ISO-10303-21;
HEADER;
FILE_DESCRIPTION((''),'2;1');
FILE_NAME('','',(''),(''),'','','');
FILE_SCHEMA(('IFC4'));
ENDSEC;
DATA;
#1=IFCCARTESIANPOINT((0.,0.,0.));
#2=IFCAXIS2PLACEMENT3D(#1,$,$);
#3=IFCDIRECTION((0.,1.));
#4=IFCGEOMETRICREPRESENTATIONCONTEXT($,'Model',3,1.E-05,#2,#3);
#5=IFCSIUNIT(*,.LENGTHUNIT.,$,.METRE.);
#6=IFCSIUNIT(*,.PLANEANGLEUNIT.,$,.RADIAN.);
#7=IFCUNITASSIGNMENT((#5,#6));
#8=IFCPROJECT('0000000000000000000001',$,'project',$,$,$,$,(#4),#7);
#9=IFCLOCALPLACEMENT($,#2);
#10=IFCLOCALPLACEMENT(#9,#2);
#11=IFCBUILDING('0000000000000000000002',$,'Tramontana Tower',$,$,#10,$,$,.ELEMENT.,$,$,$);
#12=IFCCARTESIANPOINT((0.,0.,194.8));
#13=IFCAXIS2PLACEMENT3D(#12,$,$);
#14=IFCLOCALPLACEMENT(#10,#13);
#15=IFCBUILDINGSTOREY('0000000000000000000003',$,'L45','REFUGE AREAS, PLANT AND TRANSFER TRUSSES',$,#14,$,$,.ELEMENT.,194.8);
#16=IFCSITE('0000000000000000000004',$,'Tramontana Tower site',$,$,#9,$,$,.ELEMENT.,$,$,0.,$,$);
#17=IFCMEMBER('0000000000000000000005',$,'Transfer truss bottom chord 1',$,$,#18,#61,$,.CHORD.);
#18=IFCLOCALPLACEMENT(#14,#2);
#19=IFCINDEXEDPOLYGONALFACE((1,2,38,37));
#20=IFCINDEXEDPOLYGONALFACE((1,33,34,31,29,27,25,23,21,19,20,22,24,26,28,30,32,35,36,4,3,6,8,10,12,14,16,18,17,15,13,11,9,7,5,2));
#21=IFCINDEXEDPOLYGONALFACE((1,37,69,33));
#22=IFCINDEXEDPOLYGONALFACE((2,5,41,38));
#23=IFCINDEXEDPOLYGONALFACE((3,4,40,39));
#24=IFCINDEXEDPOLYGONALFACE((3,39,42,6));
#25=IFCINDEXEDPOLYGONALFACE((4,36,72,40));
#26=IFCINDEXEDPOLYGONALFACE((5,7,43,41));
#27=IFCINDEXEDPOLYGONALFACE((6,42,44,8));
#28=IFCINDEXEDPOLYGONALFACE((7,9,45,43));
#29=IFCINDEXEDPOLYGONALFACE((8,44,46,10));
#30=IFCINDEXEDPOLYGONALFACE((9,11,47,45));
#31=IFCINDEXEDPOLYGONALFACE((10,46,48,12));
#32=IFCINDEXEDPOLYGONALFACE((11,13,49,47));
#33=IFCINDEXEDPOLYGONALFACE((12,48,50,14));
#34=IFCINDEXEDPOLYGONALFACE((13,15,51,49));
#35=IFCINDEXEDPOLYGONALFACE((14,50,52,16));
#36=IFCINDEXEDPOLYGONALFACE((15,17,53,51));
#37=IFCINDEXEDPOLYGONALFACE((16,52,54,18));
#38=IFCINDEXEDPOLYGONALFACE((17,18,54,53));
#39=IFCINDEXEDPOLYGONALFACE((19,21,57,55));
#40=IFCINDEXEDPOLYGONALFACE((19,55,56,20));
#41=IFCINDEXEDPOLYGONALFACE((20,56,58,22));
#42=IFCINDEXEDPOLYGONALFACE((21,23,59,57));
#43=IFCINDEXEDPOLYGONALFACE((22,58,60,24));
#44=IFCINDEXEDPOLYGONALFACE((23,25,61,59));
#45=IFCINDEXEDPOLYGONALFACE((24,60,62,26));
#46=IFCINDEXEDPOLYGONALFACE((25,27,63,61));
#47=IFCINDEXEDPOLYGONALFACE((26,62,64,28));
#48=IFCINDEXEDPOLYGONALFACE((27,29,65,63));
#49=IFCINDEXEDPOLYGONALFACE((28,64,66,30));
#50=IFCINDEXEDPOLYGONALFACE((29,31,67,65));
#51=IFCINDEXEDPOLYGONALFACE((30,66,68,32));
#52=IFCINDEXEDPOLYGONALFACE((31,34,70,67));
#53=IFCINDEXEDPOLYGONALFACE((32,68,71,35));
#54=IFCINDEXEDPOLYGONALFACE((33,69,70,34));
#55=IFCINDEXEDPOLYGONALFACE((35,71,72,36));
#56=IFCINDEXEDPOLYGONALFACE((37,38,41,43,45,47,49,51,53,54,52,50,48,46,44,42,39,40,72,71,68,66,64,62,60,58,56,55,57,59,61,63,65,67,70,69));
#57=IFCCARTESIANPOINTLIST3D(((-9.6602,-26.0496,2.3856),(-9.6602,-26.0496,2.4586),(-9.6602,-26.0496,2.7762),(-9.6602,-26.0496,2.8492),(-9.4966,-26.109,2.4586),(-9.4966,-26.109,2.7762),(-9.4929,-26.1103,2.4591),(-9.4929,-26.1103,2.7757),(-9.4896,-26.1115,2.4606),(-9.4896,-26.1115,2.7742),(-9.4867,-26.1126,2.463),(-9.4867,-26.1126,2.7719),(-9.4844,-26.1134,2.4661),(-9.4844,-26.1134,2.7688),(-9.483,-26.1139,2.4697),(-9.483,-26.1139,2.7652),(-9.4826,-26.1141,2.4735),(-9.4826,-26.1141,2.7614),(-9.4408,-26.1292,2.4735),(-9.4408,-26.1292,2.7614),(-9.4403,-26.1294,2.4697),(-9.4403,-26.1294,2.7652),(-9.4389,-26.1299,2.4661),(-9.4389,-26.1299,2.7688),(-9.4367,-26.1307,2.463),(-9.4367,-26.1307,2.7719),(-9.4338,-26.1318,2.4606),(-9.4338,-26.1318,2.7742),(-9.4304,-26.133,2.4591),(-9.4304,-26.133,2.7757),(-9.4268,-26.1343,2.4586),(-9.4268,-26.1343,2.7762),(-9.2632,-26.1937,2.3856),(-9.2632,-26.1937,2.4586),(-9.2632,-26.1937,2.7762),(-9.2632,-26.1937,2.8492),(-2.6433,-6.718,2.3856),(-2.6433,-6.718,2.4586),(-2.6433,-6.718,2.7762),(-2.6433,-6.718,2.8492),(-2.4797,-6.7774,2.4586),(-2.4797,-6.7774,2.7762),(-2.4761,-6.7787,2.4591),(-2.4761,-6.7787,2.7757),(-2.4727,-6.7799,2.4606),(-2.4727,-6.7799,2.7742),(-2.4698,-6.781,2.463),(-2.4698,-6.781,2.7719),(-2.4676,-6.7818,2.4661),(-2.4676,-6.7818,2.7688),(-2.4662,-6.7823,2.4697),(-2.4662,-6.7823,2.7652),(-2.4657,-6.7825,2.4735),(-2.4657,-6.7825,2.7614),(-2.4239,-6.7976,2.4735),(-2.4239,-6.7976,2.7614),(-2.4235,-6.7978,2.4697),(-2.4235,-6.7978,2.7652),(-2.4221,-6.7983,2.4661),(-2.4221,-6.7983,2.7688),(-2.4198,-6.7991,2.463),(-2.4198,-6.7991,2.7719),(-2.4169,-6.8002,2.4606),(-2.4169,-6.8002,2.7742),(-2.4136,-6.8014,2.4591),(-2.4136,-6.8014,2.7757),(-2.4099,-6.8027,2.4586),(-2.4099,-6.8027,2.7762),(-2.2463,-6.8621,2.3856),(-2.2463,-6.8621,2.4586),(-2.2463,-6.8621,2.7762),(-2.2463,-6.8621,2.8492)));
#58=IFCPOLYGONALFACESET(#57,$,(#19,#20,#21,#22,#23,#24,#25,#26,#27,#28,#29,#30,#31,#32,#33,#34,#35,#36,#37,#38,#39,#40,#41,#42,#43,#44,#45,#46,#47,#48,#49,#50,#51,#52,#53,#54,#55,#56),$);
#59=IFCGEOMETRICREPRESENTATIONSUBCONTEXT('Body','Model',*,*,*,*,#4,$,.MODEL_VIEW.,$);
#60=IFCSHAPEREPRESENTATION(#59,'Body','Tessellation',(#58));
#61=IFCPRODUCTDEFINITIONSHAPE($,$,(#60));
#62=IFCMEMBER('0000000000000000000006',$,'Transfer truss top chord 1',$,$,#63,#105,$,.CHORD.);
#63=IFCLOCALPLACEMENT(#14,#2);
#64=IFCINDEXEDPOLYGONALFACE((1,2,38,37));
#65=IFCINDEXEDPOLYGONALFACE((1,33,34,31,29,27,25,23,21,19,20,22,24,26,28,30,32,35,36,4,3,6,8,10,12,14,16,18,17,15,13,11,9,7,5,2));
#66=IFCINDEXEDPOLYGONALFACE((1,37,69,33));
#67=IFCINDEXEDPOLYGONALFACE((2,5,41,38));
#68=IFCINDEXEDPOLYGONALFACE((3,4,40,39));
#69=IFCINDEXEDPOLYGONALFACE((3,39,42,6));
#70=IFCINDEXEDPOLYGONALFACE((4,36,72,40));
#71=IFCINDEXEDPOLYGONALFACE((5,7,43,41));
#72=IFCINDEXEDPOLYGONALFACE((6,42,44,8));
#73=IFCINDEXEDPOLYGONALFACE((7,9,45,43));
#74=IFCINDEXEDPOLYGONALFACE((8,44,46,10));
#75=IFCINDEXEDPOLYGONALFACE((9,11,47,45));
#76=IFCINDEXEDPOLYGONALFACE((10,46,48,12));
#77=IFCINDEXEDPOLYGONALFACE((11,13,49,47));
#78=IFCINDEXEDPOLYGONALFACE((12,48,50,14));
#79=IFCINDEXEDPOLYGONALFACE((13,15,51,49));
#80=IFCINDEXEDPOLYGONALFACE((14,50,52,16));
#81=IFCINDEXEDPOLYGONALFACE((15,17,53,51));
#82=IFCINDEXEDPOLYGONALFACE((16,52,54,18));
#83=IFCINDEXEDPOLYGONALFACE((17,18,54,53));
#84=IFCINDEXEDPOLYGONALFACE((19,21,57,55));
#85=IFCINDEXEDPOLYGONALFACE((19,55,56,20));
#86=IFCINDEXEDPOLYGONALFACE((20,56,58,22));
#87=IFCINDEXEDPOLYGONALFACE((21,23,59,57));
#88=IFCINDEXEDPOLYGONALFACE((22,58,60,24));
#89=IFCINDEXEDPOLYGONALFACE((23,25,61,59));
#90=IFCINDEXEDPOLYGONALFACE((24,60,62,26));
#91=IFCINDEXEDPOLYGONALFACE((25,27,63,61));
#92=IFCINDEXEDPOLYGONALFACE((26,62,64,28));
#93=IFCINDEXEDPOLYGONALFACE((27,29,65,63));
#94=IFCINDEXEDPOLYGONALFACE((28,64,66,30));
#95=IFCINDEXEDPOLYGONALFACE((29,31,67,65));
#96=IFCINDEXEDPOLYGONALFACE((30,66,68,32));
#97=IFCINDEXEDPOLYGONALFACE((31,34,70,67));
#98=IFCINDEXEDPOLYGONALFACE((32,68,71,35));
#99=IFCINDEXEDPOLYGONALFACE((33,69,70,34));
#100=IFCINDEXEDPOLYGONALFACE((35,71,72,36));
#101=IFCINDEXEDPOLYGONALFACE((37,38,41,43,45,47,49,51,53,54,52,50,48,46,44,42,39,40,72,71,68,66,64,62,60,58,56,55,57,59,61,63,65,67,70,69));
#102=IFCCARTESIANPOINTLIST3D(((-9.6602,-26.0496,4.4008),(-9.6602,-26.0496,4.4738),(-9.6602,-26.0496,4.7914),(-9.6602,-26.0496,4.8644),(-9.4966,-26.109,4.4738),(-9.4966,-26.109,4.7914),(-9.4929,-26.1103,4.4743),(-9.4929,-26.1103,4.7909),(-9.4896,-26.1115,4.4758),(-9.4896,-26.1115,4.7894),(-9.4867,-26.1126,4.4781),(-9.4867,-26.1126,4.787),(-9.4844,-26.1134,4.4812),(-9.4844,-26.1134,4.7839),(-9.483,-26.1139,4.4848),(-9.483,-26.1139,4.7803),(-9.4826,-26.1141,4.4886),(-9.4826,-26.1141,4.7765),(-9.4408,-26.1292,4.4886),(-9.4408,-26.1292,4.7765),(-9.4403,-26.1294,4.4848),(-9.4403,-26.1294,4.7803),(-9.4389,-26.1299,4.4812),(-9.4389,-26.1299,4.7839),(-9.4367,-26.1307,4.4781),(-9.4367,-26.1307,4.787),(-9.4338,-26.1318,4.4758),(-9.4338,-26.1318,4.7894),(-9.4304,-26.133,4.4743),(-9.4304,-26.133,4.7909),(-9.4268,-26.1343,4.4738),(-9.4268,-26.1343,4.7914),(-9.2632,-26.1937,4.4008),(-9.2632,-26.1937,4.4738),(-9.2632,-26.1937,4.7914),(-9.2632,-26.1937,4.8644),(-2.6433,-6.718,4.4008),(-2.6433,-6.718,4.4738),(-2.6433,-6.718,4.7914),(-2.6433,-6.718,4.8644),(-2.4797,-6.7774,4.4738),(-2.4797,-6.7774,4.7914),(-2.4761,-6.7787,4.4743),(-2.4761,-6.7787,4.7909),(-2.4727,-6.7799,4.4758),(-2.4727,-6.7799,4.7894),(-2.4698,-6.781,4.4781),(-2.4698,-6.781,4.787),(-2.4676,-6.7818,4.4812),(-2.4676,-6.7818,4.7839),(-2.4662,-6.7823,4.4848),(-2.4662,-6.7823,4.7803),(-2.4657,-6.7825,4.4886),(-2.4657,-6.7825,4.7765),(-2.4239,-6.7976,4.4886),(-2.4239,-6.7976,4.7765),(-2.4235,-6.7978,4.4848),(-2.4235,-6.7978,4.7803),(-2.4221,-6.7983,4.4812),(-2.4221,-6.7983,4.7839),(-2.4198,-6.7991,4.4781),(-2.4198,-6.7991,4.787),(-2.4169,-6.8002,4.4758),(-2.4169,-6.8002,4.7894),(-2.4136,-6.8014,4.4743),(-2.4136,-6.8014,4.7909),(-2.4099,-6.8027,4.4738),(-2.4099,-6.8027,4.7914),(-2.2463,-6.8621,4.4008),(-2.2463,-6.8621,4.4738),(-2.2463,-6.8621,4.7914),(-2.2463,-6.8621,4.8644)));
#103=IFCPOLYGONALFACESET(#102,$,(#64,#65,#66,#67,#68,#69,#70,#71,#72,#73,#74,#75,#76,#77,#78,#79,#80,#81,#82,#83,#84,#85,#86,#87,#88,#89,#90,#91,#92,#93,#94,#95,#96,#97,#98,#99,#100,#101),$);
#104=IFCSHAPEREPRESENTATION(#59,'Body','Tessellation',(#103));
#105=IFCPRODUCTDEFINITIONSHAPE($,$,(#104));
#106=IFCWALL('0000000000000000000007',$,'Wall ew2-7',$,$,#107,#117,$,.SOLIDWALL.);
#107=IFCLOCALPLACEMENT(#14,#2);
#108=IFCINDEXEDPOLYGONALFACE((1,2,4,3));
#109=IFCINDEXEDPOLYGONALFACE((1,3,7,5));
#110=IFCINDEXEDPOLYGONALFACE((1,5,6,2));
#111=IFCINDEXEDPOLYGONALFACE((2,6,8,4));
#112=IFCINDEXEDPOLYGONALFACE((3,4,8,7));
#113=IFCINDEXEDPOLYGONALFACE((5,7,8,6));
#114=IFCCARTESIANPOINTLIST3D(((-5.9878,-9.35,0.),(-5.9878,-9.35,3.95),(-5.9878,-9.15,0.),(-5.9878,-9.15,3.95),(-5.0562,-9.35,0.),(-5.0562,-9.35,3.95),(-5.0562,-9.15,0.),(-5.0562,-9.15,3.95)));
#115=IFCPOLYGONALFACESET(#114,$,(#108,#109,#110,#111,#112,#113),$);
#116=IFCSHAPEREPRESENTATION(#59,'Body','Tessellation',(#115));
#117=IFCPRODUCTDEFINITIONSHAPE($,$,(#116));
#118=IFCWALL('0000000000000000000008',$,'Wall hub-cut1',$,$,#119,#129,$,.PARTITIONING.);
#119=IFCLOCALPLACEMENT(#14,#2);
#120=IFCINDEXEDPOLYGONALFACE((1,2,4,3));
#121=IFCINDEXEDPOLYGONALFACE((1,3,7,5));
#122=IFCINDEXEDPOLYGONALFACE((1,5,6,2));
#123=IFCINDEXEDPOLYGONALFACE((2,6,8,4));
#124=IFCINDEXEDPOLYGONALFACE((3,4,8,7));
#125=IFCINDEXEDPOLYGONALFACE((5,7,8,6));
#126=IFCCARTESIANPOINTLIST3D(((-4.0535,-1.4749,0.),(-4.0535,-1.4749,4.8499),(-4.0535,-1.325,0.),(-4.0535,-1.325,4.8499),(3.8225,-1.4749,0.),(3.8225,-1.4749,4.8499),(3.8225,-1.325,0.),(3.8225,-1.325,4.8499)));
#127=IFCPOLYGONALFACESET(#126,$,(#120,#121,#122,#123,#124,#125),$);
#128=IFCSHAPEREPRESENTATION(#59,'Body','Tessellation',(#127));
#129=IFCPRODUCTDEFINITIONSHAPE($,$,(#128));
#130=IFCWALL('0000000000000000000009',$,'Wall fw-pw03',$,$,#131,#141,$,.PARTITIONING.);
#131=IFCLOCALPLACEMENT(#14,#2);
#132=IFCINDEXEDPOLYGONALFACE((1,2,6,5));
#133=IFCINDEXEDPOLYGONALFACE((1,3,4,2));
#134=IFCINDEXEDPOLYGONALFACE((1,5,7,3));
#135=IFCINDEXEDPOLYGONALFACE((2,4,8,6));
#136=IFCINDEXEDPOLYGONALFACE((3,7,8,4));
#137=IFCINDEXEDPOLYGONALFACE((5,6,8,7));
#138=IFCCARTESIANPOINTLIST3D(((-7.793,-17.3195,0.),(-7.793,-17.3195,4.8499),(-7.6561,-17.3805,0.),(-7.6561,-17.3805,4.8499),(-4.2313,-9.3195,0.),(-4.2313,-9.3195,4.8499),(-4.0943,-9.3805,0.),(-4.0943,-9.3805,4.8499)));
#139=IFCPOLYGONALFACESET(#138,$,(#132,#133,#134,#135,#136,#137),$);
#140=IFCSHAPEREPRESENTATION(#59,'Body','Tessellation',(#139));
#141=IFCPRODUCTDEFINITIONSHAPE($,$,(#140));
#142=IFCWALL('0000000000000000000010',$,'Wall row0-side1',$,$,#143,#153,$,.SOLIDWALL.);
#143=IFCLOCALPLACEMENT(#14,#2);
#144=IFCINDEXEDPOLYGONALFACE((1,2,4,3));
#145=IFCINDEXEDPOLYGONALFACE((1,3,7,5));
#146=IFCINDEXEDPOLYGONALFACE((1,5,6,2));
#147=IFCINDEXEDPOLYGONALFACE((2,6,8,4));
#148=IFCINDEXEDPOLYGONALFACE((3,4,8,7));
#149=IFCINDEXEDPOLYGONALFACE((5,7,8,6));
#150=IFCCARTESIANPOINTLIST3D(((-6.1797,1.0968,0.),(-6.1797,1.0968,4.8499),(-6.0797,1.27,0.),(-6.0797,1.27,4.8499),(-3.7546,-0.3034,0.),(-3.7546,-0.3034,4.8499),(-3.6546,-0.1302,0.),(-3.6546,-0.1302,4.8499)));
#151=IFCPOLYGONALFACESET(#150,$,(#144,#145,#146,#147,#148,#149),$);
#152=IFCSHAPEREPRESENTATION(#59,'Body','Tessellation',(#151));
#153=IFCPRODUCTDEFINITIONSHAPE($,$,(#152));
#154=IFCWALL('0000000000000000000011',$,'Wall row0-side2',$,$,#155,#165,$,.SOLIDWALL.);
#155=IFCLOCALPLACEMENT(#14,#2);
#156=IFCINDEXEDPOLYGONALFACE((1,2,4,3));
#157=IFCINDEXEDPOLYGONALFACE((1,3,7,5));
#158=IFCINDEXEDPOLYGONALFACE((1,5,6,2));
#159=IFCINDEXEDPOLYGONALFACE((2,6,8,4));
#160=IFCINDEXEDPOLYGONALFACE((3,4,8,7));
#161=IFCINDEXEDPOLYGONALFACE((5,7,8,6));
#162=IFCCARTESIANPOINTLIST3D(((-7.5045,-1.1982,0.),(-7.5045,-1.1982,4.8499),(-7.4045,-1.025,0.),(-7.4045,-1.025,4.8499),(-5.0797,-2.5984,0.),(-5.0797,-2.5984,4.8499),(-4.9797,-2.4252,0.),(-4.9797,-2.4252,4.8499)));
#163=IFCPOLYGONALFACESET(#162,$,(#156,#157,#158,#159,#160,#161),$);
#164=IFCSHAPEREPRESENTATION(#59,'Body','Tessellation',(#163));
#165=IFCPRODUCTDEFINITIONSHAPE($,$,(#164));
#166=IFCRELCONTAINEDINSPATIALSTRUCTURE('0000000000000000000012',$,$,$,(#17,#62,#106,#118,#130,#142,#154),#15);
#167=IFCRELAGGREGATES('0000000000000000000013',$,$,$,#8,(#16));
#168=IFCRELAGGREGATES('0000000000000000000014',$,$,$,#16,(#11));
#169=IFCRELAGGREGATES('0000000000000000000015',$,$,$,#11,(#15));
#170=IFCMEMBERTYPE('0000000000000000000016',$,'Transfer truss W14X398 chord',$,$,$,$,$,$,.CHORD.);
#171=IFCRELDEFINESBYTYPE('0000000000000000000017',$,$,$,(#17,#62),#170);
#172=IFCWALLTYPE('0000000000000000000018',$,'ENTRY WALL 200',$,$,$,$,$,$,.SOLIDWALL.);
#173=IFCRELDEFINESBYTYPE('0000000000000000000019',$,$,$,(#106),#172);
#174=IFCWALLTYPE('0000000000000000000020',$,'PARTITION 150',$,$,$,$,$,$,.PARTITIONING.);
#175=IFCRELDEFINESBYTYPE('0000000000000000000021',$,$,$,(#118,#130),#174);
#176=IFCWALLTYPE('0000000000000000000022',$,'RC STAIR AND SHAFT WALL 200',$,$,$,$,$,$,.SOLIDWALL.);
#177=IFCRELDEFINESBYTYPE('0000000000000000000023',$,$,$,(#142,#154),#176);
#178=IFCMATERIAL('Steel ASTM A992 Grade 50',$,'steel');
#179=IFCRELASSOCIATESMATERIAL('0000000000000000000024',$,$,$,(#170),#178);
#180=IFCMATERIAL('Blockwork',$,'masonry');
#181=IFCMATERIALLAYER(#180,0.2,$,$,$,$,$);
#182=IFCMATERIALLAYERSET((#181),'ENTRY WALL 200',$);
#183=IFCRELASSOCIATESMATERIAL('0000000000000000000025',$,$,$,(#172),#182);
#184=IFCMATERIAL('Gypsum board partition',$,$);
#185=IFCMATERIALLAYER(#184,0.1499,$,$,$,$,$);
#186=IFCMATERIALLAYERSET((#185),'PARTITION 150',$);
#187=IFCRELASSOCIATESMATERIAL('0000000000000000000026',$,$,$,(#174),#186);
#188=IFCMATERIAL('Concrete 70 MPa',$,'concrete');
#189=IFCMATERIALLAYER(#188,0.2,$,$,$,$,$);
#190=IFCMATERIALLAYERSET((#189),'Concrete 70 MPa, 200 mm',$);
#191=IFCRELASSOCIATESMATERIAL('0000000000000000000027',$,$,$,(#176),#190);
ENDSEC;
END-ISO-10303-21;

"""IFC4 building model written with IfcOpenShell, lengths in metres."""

from ifc_helpers import new_model, si_unit, direction, frame, frame_2d, origin, origin_2d, place, context, subcontext, project, spatial, rectangle, i_section, extrude, material, layer, layer_set, material_profile, profile_set, type_object, element, save


model = new_model("IFC4")

# Units and contexts
model_context = context("Model", 3, precision=1e-05, world=origin(), true_north=direction((0.0, 1.0)))
body_context = subcontext(model_context, "Body", "Model", "MODEL_VIEW")
ifc_project = project(units=[si_unit("LENGTHUNIT", "METRE"), si_unit("PLANEANGLEUNIT", "RADIAN")], contexts=[model_context])

# Site, building, storey
site_placement = place(None, origin())
site = spatial("IfcSite", under=ifc_project, at=site_placement, Name="Tramontana Tower site", CompositionType="ELEMENT", RefElevation=0.0)
building_placement = place(site_placement, origin())
building = spatial("IfcBuilding", under=site, at=building_placement, Name="Tramontana Tower", CompositionType="ELEMENT")
storey_placement = place(building_placement, frame((0.0, 0.0, 194.8)))
storey = spatial("IfcBuildingStorey", under=building, at=storey_placement, Name="L45", Description="REFUGE AREAS, PLANT AND TRANSFER TRUSSES", CompositionType="ELEMENT", Elevation=194.8)

# Members
ifc_material_1 = material(Name="Steel ASTM A992 Grade 50", Category="steel")
ifc_material_profile_1 = material_profile(ifc_material_1, i_section(OverallWidth=0.4224, OverallDepth=0.4636, WebThickness=0.0444, FlangeThickness=0.073, FilletRadius=0.0149, at=origin_2d()), Name="W14X398")
ifc_profile_set_1 = profile_set([ifc_material_profile_1], Name="Steel ASTM A992 Grade 50")
member_type_1 = type_object("IfcMemberType", Name="Transfer truss W14X398 chord", PredefinedType="CHORD", material=ifc_profile_set_1)
for number, where, z_axis, x_axis, name in (
    (1, (-2.4448, -6.79, 2.6174), (-0.341193, -0.939993, 0.0), (0.939993, -0.341193, 0.0), "Transfer truss bottom chord 1"),
    (2, (-2.4448, -6.79, 4.6326), (-0.341193, -0.939993, 0.0), (0.939993, -0.341193, 0.0), "Transfer truss top chord 1"),
):
    element("IfcMember", number, at=place(storey_placement, frame(where, z_axis=z_axis, x_axis=x_axis)), inside=storey, type_object=member_type_1, Name=name, PredefinedType="CHORD", context=body_context, shape_type="SweptSolid", body=[
        extrude(i_section(OverallWidth=0.4224, OverallDepth=0.4636, WebThickness=0.0444, FlangeThickness=0.073, FilletRadius=0.0149, at=origin_2d()), origin(), (0.0, 0.0, 1.0), 20.5657),
    ])

# Walls
ifc_material_2 = material(Name="Blockwork", Category="masonry")
ifc_layer_1 = layer(ifc_material_2, 0.2)
ifc_layer_set_1 = layer_set([ifc_layer_1], Name="ENTRY WALL 200")
wall_type_1 = type_object("IfcWallType", Name="ENTRY WALL 200", PredefinedType="SOLIDWALL", material=ifc_layer_set_1)
wall_1_placement = place(storey_placement, frame((-5.0562, -9.25, 0.0), z_axis=(0.0, 0.0, 1.0), x_axis=(-1.0, 0.0, 0.0)))
element("IfcWall", 3, at=wall_1_placement, inside=storey, type_object=wall_type_1, Name="Wall ew2-7", PredefinedType="SOLIDWALL", context=body_context, shape_type="SweptSolid", body=[
    extrude(rectangle(XDim=0.9316, YDim=0.2, at=frame_2d((0.4658, 0.0))), origin(), (0.0, 0.0, 1.0), 3.95),
])
ifc_material_3 = material(Name="Gypsum board partition")
ifc_layer_2 = layer(ifc_material_3, 0.1499)
ifc_layer_set_2 = layer_set([ifc_layer_2], Name="PARTITION 150")
wall_type_2 = type_object("IfcWallType", Name="PARTITION 150", PredefinedType="PARTITIONING", material=ifc_layer_set_2)
wall_2_placement = place(storey_placement, frame((-4.0535, -1.3999, 0.0), z_axis=(0.0, 0.0, 1.0), x_axis=(1.0, 0.0, 0.0)))
element("IfcWall", 4, at=wall_2_placement, inside=storey, type_object=wall_type_2, Name="Wall hub-cut1", PredefinedType="PARTITIONING", context=body_context, shape_type="SweptSolid", body=[
    extrude(rectangle(XDim=7.876, YDim=0.1499, at=frame_2d((3.938, 0.0))), origin(), (0.0, 0.0, 1.0), 4.8499),
])
wall_3_placement = place(storey_placement, frame((-4.1628, -9.3501, 0.0), z_axis=(0.0, 0.0, 1.0), x_axis=(-0.406731, -0.913548, 0.0)))
element("IfcWall", 5, at=wall_3_placement, inside=storey, type_object=wall_type_2, Name="Wall fw-pw03", PredefinedType="PARTITIONING", context=body_context, shape_type="SweptSolid", body=[
    extrude(rectangle(XDim=8.7571, YDim=0.1499, at=frame_2d((4.3784, 0.0))), origin(), (0.0, 0.0, 1.0), 4.8499),
])
ifc_material_4 = material(Name="Concrete 70 MPa", Category="concrete")
ifc_layer_3 = layer(ifc_material_4, 0.2)
ifc_layer_set_3 = layer_set([ifc_layer_3], Name="Concrete 70 MPa, 200 mm")
wall_type_3 = type_object("IfcWallType", Name="RC STAIR AND SHAFT WALL 200", PredefinedType="SOLIDWALL", material=ifc_layer_set_3)
wall_4_placement = place(storey_placement, frame((-3.7046, -0.2168, 0.0), z_axis=(0.0, 0.0, 1.0), x_axis=(-0.866019, 0.500012, 0.0)))
element("IfcWall", 6, at=wall_4_placement, inside=storey, type_object=wall_type_3, Name="Wall row0-side1", PredefinedType="SOLIDWALL", context=body_context, shape_type="SweptSolid", body=[
    extrude(rectangle(XDim=2.8003, YDim=0.2, at=frame_2d((1.4001, 0.0))), origin(), (0.0, 0.0, 1.0), 4.8499),
])
wall_5_placement = place(storey_placement, frame((-5.0298, -2.5117, 0.0), z_axis=(0.0, 0.0, 1.0), x_axis=(-0.865997, 0.50005, 0.0)))
element("IfcWall", 7, at=wall_5_placement, inside=storey, type_object=wall_type_3, Name="Wall row0-side2", PredefinedType="SOLIDWALL", context=body_context, shape_type="SweptSolid", body=[
    extrude(rectangle(XDim=2.8, YDim=0.2, at=frame_2d((1.3999, 0.0))), origin(), (0.0, 0.0, 1.0), 4.8499),
])

save(model, "model.ifc")
